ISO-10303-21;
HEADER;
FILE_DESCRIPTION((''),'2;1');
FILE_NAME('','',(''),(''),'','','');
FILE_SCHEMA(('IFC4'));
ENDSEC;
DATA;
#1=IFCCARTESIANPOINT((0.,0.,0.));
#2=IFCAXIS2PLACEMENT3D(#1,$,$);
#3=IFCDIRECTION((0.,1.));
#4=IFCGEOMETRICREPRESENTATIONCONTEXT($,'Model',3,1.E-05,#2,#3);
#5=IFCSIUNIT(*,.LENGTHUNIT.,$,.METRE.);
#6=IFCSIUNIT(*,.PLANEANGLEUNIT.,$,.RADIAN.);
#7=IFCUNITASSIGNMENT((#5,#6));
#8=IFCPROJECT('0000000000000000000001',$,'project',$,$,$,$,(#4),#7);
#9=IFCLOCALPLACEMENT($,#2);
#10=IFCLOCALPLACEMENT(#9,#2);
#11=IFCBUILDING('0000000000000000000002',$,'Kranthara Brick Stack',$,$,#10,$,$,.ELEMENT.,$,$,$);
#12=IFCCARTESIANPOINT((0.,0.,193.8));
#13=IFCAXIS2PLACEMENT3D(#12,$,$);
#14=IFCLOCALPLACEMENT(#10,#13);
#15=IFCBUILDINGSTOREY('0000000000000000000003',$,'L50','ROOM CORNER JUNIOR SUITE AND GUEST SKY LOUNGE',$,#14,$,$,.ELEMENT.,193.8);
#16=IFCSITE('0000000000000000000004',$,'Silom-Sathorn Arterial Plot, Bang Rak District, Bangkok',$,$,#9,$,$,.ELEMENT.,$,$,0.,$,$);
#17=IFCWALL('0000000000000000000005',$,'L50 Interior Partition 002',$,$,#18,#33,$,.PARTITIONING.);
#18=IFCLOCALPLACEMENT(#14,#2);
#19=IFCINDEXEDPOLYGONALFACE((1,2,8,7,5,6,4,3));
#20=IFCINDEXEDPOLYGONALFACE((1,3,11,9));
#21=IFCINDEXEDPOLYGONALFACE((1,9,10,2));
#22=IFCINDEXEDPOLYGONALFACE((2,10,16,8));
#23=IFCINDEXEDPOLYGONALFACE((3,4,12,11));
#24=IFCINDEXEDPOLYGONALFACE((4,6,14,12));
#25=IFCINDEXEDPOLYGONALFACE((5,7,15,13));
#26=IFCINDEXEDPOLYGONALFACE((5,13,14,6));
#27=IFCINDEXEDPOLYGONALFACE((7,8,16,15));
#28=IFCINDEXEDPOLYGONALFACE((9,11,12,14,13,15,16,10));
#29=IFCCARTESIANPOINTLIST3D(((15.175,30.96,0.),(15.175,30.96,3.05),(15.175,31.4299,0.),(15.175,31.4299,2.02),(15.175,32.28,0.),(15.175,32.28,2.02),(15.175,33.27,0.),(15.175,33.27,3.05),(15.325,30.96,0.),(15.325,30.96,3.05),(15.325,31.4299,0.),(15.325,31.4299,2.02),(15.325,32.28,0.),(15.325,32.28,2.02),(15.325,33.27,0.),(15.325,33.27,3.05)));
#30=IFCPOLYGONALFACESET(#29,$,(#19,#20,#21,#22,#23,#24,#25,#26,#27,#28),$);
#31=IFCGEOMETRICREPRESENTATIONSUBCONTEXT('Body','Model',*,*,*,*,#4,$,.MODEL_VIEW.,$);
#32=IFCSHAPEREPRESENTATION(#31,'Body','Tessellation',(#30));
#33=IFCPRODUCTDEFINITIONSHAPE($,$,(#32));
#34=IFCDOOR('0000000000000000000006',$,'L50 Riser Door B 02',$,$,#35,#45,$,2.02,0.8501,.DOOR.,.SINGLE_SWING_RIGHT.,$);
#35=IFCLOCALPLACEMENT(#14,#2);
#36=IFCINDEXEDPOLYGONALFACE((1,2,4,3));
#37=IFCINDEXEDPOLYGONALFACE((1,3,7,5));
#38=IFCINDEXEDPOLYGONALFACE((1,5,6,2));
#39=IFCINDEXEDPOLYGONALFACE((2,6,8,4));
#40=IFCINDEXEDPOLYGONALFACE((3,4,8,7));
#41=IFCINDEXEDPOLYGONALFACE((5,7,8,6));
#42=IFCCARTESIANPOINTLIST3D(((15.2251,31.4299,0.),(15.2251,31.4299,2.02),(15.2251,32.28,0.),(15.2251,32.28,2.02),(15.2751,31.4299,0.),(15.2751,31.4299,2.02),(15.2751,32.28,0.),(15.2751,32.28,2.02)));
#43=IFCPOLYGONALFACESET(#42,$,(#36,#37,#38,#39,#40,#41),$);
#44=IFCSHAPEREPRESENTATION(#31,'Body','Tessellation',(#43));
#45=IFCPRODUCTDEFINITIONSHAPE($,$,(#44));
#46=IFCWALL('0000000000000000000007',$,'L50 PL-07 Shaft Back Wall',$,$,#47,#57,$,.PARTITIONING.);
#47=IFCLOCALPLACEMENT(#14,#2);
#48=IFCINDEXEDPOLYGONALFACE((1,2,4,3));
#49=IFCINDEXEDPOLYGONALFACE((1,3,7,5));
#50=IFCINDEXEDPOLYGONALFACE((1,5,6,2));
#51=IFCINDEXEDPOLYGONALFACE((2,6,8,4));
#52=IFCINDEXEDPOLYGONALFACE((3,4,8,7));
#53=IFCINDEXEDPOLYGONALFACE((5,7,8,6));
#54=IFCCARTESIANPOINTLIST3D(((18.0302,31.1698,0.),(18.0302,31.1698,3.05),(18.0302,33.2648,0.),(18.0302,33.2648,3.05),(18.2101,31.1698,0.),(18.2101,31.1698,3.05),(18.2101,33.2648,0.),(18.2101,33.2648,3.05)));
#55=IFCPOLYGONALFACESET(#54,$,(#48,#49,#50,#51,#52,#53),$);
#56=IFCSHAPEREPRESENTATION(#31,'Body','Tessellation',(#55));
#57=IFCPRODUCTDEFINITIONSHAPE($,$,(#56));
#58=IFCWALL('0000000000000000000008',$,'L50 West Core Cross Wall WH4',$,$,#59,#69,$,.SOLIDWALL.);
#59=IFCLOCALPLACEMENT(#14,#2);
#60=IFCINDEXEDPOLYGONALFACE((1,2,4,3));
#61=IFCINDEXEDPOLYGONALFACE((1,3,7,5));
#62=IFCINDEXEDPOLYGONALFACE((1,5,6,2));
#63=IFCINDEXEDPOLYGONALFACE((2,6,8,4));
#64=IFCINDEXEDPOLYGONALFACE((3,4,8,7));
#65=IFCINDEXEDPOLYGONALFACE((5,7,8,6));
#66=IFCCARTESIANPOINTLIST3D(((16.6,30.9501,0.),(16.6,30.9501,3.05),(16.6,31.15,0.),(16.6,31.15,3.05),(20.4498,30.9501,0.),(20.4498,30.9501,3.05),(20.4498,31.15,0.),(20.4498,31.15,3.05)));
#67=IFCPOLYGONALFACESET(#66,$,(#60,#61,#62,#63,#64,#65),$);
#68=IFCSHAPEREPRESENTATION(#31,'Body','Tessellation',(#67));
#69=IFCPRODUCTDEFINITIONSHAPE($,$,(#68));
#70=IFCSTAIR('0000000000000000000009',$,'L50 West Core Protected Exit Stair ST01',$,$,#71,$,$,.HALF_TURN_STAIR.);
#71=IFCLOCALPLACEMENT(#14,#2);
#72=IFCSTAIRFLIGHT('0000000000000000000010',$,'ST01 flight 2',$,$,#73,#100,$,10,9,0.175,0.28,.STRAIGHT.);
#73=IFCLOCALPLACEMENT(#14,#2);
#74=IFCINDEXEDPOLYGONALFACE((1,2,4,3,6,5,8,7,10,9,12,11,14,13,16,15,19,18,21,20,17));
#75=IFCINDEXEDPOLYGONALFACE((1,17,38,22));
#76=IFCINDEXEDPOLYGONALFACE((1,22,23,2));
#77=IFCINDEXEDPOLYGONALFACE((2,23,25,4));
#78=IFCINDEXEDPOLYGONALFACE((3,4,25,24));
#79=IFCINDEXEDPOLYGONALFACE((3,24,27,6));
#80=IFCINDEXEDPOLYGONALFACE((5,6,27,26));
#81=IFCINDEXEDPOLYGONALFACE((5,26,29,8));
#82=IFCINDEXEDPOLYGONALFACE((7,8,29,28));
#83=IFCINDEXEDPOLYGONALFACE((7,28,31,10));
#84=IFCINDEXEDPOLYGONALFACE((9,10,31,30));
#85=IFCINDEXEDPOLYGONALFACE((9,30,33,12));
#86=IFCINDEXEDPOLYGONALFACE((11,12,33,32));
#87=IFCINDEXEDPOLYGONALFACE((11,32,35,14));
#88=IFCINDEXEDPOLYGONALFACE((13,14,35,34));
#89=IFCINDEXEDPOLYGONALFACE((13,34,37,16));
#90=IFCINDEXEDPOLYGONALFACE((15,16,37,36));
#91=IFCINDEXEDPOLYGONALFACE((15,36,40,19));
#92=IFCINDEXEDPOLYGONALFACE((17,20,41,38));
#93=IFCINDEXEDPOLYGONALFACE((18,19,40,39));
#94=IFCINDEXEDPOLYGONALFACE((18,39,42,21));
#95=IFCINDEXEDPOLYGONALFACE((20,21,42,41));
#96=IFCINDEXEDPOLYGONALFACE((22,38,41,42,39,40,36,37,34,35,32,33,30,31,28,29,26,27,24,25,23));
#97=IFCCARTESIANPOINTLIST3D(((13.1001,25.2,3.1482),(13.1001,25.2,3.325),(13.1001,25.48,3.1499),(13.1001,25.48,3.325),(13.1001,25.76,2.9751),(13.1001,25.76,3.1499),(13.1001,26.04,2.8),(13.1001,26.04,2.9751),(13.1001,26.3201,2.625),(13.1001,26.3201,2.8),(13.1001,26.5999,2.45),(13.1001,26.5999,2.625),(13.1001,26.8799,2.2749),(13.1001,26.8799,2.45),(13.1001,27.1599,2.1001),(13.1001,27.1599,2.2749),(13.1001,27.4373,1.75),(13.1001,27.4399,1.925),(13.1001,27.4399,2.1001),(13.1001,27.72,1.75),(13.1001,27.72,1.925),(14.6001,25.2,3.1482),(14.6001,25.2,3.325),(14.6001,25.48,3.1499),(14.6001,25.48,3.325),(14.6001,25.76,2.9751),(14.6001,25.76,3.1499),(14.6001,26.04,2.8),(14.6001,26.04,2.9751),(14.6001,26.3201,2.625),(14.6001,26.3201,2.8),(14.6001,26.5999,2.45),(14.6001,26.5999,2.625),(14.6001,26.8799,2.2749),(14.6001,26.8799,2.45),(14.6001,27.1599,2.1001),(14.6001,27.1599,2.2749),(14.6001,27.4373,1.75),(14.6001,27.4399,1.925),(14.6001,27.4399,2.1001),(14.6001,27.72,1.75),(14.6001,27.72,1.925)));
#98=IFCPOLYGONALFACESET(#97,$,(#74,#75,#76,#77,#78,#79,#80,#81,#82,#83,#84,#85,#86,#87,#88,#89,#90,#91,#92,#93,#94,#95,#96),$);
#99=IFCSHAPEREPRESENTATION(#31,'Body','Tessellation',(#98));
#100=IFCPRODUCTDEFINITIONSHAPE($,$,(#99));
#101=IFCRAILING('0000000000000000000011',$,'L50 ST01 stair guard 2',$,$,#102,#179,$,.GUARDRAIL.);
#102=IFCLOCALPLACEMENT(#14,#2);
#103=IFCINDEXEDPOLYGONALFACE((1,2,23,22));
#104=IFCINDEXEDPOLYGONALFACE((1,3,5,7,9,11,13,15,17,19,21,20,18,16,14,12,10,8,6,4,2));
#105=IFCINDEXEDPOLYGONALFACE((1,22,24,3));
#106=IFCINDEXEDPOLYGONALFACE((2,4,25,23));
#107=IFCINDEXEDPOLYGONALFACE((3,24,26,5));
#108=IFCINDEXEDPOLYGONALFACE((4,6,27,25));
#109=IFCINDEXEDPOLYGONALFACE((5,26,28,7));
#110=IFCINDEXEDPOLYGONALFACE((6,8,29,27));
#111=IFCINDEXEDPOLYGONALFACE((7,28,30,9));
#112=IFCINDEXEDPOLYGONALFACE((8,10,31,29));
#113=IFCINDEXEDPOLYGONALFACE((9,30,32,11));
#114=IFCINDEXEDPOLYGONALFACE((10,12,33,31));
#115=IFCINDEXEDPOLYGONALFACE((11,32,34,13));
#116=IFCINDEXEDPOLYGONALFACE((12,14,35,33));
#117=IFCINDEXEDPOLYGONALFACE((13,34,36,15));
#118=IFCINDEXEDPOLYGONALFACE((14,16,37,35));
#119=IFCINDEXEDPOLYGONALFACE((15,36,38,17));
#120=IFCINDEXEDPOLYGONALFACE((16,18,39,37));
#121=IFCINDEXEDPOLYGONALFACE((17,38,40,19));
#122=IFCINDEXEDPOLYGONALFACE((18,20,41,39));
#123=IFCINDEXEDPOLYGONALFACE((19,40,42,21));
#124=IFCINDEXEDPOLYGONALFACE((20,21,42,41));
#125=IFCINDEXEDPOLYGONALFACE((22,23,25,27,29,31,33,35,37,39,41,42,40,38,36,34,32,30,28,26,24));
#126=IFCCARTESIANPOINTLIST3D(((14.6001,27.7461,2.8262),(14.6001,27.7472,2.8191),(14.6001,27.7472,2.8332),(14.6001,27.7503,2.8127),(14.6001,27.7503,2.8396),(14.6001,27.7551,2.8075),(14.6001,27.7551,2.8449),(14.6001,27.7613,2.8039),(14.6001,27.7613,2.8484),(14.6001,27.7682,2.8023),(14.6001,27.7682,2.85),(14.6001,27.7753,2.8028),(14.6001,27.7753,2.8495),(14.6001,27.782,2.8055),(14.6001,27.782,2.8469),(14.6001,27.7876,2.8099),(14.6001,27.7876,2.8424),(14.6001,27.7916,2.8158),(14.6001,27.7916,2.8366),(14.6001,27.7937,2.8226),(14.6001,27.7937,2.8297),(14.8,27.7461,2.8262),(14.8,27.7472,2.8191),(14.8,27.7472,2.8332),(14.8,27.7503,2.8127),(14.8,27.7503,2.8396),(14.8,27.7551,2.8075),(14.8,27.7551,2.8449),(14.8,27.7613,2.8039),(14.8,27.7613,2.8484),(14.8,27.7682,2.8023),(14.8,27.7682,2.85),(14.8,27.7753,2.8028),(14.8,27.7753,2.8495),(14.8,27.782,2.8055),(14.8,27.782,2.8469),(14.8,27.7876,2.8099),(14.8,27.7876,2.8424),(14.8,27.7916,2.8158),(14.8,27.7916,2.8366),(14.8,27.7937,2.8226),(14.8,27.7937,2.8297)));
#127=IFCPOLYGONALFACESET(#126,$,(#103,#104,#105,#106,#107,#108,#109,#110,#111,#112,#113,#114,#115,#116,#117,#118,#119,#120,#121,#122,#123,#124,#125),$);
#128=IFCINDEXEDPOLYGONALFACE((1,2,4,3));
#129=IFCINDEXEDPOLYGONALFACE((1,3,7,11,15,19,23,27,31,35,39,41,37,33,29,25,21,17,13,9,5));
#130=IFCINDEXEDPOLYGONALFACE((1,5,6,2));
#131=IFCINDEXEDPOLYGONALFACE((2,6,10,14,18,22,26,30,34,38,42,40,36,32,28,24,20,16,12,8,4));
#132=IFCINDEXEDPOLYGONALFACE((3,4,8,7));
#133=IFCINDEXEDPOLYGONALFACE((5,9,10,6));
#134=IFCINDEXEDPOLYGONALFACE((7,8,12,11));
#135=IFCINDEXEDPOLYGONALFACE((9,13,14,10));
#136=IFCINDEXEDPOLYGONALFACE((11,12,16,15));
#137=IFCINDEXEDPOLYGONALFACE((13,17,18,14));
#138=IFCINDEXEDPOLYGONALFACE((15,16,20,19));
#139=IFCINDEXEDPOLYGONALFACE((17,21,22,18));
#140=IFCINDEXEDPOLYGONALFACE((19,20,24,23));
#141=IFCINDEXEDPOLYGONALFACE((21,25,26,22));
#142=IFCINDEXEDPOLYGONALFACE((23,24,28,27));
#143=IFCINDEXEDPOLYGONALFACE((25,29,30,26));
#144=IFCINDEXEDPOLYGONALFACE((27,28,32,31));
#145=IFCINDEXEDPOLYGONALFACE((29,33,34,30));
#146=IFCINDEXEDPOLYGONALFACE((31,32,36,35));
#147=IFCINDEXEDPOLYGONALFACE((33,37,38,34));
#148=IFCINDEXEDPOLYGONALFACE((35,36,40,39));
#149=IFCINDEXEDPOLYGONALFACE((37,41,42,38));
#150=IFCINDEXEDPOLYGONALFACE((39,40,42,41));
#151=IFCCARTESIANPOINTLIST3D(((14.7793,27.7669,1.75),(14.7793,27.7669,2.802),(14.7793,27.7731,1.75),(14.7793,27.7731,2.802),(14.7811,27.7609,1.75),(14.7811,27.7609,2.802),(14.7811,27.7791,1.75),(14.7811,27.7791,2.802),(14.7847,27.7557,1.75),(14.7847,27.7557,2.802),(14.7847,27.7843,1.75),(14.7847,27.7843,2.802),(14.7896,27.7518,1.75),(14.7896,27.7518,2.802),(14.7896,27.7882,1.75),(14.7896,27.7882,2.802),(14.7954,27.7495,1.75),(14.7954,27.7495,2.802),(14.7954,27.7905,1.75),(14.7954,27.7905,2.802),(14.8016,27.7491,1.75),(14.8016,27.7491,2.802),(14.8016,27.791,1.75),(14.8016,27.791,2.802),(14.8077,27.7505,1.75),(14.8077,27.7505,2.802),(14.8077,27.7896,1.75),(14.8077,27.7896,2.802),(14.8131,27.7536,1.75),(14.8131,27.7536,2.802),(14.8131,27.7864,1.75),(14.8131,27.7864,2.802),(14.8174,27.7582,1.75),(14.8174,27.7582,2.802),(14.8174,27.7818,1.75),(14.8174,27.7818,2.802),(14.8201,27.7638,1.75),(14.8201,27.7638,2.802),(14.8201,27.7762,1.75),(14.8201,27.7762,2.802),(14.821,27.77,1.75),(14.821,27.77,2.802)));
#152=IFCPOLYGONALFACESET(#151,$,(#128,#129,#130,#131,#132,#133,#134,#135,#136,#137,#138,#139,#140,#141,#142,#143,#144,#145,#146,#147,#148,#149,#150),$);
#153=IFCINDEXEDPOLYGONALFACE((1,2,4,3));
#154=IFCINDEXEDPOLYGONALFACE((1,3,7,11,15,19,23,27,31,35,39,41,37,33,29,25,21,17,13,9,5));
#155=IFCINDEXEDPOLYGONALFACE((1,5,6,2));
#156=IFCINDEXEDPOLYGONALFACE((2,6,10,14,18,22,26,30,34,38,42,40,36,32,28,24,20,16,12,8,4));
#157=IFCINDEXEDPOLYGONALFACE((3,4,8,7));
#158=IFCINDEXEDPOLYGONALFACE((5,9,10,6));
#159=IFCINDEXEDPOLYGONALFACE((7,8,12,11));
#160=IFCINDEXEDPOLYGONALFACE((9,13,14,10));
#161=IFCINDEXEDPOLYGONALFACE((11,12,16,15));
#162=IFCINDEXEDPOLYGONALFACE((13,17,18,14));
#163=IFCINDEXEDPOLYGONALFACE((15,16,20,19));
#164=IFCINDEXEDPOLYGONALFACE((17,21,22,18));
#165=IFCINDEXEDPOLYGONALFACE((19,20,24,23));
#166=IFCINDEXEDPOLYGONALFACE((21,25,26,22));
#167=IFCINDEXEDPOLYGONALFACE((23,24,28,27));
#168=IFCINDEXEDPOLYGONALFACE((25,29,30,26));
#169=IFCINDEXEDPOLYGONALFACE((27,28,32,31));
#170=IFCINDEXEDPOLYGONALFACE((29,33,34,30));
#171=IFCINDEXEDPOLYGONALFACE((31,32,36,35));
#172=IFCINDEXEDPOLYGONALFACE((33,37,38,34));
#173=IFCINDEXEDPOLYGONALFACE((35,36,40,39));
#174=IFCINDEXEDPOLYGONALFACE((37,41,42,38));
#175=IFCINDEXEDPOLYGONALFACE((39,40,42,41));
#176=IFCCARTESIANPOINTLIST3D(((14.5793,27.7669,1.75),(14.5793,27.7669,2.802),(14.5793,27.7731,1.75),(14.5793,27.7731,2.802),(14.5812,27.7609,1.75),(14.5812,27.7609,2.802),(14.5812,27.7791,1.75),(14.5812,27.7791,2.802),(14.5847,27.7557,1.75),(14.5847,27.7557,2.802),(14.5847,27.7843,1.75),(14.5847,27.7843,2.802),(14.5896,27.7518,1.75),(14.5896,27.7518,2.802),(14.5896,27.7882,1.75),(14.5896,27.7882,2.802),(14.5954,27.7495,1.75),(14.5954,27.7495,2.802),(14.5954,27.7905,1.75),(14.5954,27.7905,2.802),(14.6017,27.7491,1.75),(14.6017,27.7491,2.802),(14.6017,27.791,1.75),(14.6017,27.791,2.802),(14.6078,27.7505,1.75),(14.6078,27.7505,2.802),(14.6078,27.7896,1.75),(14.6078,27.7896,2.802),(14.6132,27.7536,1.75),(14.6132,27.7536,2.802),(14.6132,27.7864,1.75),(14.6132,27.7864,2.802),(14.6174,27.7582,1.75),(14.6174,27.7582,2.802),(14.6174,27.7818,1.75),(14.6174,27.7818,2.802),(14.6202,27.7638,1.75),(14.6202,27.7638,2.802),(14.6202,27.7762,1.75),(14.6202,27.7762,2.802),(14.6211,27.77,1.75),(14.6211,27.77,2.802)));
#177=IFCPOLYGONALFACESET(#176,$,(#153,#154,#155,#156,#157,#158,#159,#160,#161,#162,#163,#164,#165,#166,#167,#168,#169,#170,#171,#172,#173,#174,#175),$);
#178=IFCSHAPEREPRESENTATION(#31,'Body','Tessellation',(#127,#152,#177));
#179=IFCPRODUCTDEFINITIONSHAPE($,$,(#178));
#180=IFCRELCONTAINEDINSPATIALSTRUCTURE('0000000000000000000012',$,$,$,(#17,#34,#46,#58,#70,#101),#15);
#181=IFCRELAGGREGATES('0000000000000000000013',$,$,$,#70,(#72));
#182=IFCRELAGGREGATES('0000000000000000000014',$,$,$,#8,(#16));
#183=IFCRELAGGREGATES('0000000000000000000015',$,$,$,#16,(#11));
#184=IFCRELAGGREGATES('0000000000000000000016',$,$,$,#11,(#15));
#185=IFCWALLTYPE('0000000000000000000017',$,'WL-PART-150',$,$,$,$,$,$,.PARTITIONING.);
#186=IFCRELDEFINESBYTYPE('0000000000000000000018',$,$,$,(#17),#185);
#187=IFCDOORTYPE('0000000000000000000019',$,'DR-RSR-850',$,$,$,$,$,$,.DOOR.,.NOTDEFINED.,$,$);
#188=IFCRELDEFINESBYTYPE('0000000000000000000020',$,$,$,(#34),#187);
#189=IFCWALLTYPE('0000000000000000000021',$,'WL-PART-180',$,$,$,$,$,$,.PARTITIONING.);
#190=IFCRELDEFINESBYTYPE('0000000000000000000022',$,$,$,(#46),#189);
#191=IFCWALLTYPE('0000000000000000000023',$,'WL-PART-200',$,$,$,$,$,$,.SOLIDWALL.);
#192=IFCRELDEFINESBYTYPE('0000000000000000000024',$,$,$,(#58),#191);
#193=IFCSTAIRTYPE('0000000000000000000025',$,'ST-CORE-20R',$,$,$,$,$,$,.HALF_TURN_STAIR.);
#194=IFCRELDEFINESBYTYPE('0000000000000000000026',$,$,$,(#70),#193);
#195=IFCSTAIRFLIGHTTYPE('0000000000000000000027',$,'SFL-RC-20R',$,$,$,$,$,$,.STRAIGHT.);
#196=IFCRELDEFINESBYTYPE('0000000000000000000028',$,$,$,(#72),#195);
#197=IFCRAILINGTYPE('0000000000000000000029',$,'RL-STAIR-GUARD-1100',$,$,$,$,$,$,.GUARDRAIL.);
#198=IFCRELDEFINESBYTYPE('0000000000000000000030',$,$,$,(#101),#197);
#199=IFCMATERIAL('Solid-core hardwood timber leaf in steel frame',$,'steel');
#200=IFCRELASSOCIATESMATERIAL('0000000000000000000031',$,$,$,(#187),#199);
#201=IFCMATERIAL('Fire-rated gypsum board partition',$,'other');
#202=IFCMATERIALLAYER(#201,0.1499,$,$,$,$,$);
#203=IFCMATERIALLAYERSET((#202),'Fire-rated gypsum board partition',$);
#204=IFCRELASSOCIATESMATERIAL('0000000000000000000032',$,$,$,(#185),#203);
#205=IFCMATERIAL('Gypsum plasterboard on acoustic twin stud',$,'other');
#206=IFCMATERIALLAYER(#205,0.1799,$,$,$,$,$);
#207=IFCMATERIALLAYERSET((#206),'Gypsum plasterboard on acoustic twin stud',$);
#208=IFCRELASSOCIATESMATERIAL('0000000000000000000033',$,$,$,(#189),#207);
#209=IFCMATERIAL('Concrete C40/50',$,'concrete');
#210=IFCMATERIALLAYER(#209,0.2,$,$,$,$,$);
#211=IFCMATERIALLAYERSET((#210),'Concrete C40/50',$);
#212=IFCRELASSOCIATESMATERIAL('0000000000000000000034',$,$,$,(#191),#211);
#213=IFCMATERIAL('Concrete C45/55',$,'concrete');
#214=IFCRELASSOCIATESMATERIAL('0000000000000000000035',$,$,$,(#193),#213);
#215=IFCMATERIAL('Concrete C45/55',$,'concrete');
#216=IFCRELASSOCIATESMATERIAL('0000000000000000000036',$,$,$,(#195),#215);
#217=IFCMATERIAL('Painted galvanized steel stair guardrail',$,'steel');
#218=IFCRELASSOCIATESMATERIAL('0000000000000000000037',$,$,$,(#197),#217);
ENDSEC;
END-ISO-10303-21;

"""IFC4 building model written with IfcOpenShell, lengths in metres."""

from ifc_helpers import new_model, si_unit, direction, frame, frame_2d, origin, origin_2d, place, context, subcontext, project, spatial, polyline, rectangle, circle, outline, extrude, material, layer, layer_set, type_object, element, fill, aggregate, save


model = new_model("IFC4")

# Units and contexts
model_context = context("Model", 3, precision=1e-05, world=origin(), true_north=direction((0.0, 1.0)))
body_context = subcontext(model_context, "Body", "Model", "MODEL_VIEW")
ifc_project = project(units=[si_unit("LENGTHUNIT", "METRE"), si_unit("PLANEANGLEUNIT", "RADIAN")], contexts=[model_context])

# Site, building, storey
site_placement = place(None, origin())
site = spatial("IfcSite", under=ifc_project, at=site_placement, Name="Silom-Sathorn Arterial Plot, Bang Rak District, Bangkok", CompositionType="ELEMENT", RefElevation=0.0)
building_placement = place(site_placement, origin())
building = spatial("IfcBuilding", under=site, at=building_placement, Name="Kranthara Brick Stack", CompositionType="ELEMENT")
storey_placement = place(building_placement, frame((0.0, 0.0, 193.8)))
storey = spatial("IfcBuildingStorey", under=building, at=storey_placement, Name="L50", Description="ROOM CORNER JUNIOR SUITE AND GUEST SKY LOUNGE", CompositionType="ELEMENT", Elevation=193.8)

# Shared definitions
ifc_material_1 = material(Name="Solid-core hardwood timber leaf in steel frame", Category="steel")
door_type_1 = type_object("IfcDoorType", Name="DR-RSR-850", OperationType="NOTDEFINED", PredefinedType="DOOR", material=ifc_material_1)

# Wall, opening, door
ifc_material_2 = material(Name="Fire-rated gypsum board partition", Category="other")
ifc_layer_1 = layer(ifc_material_2, 0.1499)
ifc_layer_set_1 = layer_set([ifc_layer_1], Name="Fire-rated gypsum board partition")
wall_type_1 = type_object("IfcWallType", Name="WL-PART-150", PredefinedType="PARTITIONING", material=ifc_layer_set_1)
wall_1_placement = place(storey_placement, frame((15.25, 30.96, 0.0), z_axis=(0.0, 0.0, 1.0), x_axis=(0.0, 1.0, 0.0)))
wall_1 = element("IfcWall", 1, at=wall_1_placement, inside=storey, type_object=wall_type_1, Name="L50 Interior Partition 002", PredefinedType="PARTITIONING", context=body_context, shape_type="SweptSolid", body=[
    extrude(rectangle(XDim=2.3101, YDim=0.1499, at=frame_2d((1.155, 0.0))), origin(), (0.0, 0.0, 1.0), 3.05),
])
opening_1_placement = place(wall_1_placement, frame((0.47, 0.0, 0.0)))
opening_1 = element("IfcOpeningElement", 2, at=opening_1_placement, cuts=wall_1, PredefinedType="OPENING", context=body_context, shape_type="SweptSolid", body=[
    extrude(rectangle(XDim=0.8501, YDim=2.02, at=frame_2d((0.425, 1.01))), frame((0.0, 0.085, 0.0), z_axis=(0.0, -1.0, 0.0), x_axis=(1.0, 0.0, 0.0)), (0.0, 0.0, 1.0), 0.1699),
])
door_1_placement = place(opening_1_placement, origin())
door_1 = element("IfcDoor", 3, at=door_1_placement, inside=storey, type_object=door_type_1, Name="L50 Riser Door B 02", OperationType="SINGLE_SWING_RIGHT", OverallHeight=2.02, OverallWidth=0.8501, PredefinedType="DOOR", context=body_context, shape_type="SweptSolid", body=[
    extrude(rectangle(XDim=0.8501, YDim=2.02, at=frame_2d((0.425, 1.01))), frame((0.0, 0.0249, 0.0), z_axis=(0.0, -1.0, 0.0), x_axis=(1.0, 0.0, 0.0)), (0.0, 0.0, 1.0), 0.05),
])
fill(opening_1, door_1)

# Walls
ifc_material_3 = material(Name="Gypsum plasterboard on acoustic twin stud", Category="other")
ifc_layer_2 = layer(ifc_material_3, 0.1799)
ifc_layer_set_2 = layer_set([ifc_layer_2], Name="Gypsum plasterboard on acoustic twin stud")
wall_type_2 = type_object("IfcWallType", Name="WL-PART-180", PredefinedType="PARTITIONING", material=ifc_layer_set_2)
wall_2_placement = place(storey_placement, frame((18.1201, 31.1699, 0.0), z_axis=(0.0, 0.0, 1.0), x_axis=(0.0, 1.0, 0.0)))
element("IfcWall", 4, at=wall_2_placement, inside=storey, type_object=wall_type_2, Name="L50 PL-07 Shaft Back Wall", PredefinedType="PARTITIONING", context=body_context, shape_type="SweptSolid", body=[
    extrude(rectangle(XDim=2.095, YDim=0.1799, at=frame_2d((1.0474, 0.0))), origin(), (0.0, 0.0, 1.0), 3.05),
])
ifc_material_4 = material(Name="Concrete C40/50", Category="concrete")
ifc_layer_3 = layer(ifc_material_4, 0.2)
ifc_layer_set_3 = layer_set([ifc_layer_3], Name="Concrete C40/50")
wall_type_3 = type_object("IfcWallType", Name="WL-PART-200", PredefinedType="SOLIDWALL", material=ifc_layer_set_3)
wall_3_placement = place(storey_placement, frame((16.6001, 31.05, 0.0), z_axis=(0.0, 0.0, 1.0), x_axis=(1.0, 0.0, 0.0)))
element("IfcWall", 5, at=wall_3_placement, inside=storey, type_object=wall_type_3, Name="L50 West Core Cross Wall WH4", PredefinedType="SOLIDWALL", context=body_context, shape_type="SweptSolid", body=[
    extrude(rectangle(XDim=3.8499, YDim=0.2, at=frame_2d((1.9248, 0.0))), origin(), (0.0, 0.0, 1.0), 3.05),
])

# Stair, stair flight
ifc_material_5 = material(Name="Concrete C45/55", Category="concrete")
stair_type = type_object("IfcStairType", Name="ST-CORE-20R", PredefinedType="HALF_TURN_STAIR", material=ifc_material_5)
stair_placement = place(storey_placement, origin())
stair = element("IfcStair", 6, at=stair_placement, inside=storey, type_object=stair_type, Name="L50 West Core Protected Exit Stair ST01", PredefinedType="HALF_TURN_STAIR")
ifc_material_6 = material(Name="Concrete C45/55", Category="concrete")
stair_flight_type = type_object("IfcStairFlightType", Name="SFL-RC-20R", PredefinedType="STRAIGHT", material=ifc_material_6)
stair_flight_placement = place(storey_placement, frame((13.8501, 27.72, 1.75), z_axis=(0.0, 0.0, 1.0), x_axis=(0.0, -1.0, 0.0)))
stair_flight = element("IfcStairFlight", 7, at=stair_flight_placement, type_object=stair_flight_type, Name="ST01 flight 2", NumberOfRisers=10, NumberOfTreads=9, PredefinedType="STRAIGHT", RiserHeight=0.175, TreadLength=0.28, context=body_context, shape_type="SweptSolid", body=[
    extrude(outline(polyline([(0.0, 0.0), (0.0, 0.175), (0.28, 0.175), (0.28, 0.3501), (0.5601, 0.3501), (0.5601, 0.5249), (0.8401, 0.5249), (0.8401, 0.7), (1.1201, 0.7), (1.1201, 0.875), (1.3999, 0.875), (1.3999, 1.05), (1.6799, 1.05), (1.6799, 1.2251), (1.96, 1.2251), (1.96, 1.3999), (2.24, 1.3999), (2.24, 1.575), (2.52, 1.575), (2.52, 1.75), (2.52, 1.3982), (0.2827, 0.0), (0.0, 0.0)])), frame((0.0, 0.75, 0.0), z_axis=(0.0, -1.0, 0.0), x_axis=(1.0, 0.0, 0.0)), (0.0, 0.0, 1.0), 1.5),
])
aggregate(stair, [stair_flight])

# Railing
ifc_material_7 = material(Name="Painted galvanized steel stair guardrail", Category="steel")
railing_type_1 = type_object("IfcRailingType", Name="RL-STAIR-GUARD-1100", PredefinedType="GUARDRAIL", material=ifc_material_7)
railing_1_placement = place(storey_placement, frame((14.8, 27.77, 1.75)))
element("IfcRailing", 8, at=railing_1_placement, inside=storey, type_object=railing_type_1, Name="L50 ST01 stair guard 2", PredefinedType="GUARDRAIL", context=body_context, shape_type="SweptSolid", body=[
    extrude(circle(Radius=0.0239, at=origin_2d()), frame((0.0, 0.0, 1.0762), z_axis=(-1.0, 0.0, 0.0), x_axis=(0.0, -1.0, 0.0)), (0.0, 0.0, 1.0), 0.2),
    extrude(circle(Radius=0.021, at=origin_2d()), origin(), (0.0, 0.0, 1.0), 1.052),
    extrude(circle(Radius=0.021, at=origin_2d()), frame((-0.2, 0.0, 0.0)), (0.0, 0.0, 1.0), 1.052),
])

save(model, "model.ifc")
